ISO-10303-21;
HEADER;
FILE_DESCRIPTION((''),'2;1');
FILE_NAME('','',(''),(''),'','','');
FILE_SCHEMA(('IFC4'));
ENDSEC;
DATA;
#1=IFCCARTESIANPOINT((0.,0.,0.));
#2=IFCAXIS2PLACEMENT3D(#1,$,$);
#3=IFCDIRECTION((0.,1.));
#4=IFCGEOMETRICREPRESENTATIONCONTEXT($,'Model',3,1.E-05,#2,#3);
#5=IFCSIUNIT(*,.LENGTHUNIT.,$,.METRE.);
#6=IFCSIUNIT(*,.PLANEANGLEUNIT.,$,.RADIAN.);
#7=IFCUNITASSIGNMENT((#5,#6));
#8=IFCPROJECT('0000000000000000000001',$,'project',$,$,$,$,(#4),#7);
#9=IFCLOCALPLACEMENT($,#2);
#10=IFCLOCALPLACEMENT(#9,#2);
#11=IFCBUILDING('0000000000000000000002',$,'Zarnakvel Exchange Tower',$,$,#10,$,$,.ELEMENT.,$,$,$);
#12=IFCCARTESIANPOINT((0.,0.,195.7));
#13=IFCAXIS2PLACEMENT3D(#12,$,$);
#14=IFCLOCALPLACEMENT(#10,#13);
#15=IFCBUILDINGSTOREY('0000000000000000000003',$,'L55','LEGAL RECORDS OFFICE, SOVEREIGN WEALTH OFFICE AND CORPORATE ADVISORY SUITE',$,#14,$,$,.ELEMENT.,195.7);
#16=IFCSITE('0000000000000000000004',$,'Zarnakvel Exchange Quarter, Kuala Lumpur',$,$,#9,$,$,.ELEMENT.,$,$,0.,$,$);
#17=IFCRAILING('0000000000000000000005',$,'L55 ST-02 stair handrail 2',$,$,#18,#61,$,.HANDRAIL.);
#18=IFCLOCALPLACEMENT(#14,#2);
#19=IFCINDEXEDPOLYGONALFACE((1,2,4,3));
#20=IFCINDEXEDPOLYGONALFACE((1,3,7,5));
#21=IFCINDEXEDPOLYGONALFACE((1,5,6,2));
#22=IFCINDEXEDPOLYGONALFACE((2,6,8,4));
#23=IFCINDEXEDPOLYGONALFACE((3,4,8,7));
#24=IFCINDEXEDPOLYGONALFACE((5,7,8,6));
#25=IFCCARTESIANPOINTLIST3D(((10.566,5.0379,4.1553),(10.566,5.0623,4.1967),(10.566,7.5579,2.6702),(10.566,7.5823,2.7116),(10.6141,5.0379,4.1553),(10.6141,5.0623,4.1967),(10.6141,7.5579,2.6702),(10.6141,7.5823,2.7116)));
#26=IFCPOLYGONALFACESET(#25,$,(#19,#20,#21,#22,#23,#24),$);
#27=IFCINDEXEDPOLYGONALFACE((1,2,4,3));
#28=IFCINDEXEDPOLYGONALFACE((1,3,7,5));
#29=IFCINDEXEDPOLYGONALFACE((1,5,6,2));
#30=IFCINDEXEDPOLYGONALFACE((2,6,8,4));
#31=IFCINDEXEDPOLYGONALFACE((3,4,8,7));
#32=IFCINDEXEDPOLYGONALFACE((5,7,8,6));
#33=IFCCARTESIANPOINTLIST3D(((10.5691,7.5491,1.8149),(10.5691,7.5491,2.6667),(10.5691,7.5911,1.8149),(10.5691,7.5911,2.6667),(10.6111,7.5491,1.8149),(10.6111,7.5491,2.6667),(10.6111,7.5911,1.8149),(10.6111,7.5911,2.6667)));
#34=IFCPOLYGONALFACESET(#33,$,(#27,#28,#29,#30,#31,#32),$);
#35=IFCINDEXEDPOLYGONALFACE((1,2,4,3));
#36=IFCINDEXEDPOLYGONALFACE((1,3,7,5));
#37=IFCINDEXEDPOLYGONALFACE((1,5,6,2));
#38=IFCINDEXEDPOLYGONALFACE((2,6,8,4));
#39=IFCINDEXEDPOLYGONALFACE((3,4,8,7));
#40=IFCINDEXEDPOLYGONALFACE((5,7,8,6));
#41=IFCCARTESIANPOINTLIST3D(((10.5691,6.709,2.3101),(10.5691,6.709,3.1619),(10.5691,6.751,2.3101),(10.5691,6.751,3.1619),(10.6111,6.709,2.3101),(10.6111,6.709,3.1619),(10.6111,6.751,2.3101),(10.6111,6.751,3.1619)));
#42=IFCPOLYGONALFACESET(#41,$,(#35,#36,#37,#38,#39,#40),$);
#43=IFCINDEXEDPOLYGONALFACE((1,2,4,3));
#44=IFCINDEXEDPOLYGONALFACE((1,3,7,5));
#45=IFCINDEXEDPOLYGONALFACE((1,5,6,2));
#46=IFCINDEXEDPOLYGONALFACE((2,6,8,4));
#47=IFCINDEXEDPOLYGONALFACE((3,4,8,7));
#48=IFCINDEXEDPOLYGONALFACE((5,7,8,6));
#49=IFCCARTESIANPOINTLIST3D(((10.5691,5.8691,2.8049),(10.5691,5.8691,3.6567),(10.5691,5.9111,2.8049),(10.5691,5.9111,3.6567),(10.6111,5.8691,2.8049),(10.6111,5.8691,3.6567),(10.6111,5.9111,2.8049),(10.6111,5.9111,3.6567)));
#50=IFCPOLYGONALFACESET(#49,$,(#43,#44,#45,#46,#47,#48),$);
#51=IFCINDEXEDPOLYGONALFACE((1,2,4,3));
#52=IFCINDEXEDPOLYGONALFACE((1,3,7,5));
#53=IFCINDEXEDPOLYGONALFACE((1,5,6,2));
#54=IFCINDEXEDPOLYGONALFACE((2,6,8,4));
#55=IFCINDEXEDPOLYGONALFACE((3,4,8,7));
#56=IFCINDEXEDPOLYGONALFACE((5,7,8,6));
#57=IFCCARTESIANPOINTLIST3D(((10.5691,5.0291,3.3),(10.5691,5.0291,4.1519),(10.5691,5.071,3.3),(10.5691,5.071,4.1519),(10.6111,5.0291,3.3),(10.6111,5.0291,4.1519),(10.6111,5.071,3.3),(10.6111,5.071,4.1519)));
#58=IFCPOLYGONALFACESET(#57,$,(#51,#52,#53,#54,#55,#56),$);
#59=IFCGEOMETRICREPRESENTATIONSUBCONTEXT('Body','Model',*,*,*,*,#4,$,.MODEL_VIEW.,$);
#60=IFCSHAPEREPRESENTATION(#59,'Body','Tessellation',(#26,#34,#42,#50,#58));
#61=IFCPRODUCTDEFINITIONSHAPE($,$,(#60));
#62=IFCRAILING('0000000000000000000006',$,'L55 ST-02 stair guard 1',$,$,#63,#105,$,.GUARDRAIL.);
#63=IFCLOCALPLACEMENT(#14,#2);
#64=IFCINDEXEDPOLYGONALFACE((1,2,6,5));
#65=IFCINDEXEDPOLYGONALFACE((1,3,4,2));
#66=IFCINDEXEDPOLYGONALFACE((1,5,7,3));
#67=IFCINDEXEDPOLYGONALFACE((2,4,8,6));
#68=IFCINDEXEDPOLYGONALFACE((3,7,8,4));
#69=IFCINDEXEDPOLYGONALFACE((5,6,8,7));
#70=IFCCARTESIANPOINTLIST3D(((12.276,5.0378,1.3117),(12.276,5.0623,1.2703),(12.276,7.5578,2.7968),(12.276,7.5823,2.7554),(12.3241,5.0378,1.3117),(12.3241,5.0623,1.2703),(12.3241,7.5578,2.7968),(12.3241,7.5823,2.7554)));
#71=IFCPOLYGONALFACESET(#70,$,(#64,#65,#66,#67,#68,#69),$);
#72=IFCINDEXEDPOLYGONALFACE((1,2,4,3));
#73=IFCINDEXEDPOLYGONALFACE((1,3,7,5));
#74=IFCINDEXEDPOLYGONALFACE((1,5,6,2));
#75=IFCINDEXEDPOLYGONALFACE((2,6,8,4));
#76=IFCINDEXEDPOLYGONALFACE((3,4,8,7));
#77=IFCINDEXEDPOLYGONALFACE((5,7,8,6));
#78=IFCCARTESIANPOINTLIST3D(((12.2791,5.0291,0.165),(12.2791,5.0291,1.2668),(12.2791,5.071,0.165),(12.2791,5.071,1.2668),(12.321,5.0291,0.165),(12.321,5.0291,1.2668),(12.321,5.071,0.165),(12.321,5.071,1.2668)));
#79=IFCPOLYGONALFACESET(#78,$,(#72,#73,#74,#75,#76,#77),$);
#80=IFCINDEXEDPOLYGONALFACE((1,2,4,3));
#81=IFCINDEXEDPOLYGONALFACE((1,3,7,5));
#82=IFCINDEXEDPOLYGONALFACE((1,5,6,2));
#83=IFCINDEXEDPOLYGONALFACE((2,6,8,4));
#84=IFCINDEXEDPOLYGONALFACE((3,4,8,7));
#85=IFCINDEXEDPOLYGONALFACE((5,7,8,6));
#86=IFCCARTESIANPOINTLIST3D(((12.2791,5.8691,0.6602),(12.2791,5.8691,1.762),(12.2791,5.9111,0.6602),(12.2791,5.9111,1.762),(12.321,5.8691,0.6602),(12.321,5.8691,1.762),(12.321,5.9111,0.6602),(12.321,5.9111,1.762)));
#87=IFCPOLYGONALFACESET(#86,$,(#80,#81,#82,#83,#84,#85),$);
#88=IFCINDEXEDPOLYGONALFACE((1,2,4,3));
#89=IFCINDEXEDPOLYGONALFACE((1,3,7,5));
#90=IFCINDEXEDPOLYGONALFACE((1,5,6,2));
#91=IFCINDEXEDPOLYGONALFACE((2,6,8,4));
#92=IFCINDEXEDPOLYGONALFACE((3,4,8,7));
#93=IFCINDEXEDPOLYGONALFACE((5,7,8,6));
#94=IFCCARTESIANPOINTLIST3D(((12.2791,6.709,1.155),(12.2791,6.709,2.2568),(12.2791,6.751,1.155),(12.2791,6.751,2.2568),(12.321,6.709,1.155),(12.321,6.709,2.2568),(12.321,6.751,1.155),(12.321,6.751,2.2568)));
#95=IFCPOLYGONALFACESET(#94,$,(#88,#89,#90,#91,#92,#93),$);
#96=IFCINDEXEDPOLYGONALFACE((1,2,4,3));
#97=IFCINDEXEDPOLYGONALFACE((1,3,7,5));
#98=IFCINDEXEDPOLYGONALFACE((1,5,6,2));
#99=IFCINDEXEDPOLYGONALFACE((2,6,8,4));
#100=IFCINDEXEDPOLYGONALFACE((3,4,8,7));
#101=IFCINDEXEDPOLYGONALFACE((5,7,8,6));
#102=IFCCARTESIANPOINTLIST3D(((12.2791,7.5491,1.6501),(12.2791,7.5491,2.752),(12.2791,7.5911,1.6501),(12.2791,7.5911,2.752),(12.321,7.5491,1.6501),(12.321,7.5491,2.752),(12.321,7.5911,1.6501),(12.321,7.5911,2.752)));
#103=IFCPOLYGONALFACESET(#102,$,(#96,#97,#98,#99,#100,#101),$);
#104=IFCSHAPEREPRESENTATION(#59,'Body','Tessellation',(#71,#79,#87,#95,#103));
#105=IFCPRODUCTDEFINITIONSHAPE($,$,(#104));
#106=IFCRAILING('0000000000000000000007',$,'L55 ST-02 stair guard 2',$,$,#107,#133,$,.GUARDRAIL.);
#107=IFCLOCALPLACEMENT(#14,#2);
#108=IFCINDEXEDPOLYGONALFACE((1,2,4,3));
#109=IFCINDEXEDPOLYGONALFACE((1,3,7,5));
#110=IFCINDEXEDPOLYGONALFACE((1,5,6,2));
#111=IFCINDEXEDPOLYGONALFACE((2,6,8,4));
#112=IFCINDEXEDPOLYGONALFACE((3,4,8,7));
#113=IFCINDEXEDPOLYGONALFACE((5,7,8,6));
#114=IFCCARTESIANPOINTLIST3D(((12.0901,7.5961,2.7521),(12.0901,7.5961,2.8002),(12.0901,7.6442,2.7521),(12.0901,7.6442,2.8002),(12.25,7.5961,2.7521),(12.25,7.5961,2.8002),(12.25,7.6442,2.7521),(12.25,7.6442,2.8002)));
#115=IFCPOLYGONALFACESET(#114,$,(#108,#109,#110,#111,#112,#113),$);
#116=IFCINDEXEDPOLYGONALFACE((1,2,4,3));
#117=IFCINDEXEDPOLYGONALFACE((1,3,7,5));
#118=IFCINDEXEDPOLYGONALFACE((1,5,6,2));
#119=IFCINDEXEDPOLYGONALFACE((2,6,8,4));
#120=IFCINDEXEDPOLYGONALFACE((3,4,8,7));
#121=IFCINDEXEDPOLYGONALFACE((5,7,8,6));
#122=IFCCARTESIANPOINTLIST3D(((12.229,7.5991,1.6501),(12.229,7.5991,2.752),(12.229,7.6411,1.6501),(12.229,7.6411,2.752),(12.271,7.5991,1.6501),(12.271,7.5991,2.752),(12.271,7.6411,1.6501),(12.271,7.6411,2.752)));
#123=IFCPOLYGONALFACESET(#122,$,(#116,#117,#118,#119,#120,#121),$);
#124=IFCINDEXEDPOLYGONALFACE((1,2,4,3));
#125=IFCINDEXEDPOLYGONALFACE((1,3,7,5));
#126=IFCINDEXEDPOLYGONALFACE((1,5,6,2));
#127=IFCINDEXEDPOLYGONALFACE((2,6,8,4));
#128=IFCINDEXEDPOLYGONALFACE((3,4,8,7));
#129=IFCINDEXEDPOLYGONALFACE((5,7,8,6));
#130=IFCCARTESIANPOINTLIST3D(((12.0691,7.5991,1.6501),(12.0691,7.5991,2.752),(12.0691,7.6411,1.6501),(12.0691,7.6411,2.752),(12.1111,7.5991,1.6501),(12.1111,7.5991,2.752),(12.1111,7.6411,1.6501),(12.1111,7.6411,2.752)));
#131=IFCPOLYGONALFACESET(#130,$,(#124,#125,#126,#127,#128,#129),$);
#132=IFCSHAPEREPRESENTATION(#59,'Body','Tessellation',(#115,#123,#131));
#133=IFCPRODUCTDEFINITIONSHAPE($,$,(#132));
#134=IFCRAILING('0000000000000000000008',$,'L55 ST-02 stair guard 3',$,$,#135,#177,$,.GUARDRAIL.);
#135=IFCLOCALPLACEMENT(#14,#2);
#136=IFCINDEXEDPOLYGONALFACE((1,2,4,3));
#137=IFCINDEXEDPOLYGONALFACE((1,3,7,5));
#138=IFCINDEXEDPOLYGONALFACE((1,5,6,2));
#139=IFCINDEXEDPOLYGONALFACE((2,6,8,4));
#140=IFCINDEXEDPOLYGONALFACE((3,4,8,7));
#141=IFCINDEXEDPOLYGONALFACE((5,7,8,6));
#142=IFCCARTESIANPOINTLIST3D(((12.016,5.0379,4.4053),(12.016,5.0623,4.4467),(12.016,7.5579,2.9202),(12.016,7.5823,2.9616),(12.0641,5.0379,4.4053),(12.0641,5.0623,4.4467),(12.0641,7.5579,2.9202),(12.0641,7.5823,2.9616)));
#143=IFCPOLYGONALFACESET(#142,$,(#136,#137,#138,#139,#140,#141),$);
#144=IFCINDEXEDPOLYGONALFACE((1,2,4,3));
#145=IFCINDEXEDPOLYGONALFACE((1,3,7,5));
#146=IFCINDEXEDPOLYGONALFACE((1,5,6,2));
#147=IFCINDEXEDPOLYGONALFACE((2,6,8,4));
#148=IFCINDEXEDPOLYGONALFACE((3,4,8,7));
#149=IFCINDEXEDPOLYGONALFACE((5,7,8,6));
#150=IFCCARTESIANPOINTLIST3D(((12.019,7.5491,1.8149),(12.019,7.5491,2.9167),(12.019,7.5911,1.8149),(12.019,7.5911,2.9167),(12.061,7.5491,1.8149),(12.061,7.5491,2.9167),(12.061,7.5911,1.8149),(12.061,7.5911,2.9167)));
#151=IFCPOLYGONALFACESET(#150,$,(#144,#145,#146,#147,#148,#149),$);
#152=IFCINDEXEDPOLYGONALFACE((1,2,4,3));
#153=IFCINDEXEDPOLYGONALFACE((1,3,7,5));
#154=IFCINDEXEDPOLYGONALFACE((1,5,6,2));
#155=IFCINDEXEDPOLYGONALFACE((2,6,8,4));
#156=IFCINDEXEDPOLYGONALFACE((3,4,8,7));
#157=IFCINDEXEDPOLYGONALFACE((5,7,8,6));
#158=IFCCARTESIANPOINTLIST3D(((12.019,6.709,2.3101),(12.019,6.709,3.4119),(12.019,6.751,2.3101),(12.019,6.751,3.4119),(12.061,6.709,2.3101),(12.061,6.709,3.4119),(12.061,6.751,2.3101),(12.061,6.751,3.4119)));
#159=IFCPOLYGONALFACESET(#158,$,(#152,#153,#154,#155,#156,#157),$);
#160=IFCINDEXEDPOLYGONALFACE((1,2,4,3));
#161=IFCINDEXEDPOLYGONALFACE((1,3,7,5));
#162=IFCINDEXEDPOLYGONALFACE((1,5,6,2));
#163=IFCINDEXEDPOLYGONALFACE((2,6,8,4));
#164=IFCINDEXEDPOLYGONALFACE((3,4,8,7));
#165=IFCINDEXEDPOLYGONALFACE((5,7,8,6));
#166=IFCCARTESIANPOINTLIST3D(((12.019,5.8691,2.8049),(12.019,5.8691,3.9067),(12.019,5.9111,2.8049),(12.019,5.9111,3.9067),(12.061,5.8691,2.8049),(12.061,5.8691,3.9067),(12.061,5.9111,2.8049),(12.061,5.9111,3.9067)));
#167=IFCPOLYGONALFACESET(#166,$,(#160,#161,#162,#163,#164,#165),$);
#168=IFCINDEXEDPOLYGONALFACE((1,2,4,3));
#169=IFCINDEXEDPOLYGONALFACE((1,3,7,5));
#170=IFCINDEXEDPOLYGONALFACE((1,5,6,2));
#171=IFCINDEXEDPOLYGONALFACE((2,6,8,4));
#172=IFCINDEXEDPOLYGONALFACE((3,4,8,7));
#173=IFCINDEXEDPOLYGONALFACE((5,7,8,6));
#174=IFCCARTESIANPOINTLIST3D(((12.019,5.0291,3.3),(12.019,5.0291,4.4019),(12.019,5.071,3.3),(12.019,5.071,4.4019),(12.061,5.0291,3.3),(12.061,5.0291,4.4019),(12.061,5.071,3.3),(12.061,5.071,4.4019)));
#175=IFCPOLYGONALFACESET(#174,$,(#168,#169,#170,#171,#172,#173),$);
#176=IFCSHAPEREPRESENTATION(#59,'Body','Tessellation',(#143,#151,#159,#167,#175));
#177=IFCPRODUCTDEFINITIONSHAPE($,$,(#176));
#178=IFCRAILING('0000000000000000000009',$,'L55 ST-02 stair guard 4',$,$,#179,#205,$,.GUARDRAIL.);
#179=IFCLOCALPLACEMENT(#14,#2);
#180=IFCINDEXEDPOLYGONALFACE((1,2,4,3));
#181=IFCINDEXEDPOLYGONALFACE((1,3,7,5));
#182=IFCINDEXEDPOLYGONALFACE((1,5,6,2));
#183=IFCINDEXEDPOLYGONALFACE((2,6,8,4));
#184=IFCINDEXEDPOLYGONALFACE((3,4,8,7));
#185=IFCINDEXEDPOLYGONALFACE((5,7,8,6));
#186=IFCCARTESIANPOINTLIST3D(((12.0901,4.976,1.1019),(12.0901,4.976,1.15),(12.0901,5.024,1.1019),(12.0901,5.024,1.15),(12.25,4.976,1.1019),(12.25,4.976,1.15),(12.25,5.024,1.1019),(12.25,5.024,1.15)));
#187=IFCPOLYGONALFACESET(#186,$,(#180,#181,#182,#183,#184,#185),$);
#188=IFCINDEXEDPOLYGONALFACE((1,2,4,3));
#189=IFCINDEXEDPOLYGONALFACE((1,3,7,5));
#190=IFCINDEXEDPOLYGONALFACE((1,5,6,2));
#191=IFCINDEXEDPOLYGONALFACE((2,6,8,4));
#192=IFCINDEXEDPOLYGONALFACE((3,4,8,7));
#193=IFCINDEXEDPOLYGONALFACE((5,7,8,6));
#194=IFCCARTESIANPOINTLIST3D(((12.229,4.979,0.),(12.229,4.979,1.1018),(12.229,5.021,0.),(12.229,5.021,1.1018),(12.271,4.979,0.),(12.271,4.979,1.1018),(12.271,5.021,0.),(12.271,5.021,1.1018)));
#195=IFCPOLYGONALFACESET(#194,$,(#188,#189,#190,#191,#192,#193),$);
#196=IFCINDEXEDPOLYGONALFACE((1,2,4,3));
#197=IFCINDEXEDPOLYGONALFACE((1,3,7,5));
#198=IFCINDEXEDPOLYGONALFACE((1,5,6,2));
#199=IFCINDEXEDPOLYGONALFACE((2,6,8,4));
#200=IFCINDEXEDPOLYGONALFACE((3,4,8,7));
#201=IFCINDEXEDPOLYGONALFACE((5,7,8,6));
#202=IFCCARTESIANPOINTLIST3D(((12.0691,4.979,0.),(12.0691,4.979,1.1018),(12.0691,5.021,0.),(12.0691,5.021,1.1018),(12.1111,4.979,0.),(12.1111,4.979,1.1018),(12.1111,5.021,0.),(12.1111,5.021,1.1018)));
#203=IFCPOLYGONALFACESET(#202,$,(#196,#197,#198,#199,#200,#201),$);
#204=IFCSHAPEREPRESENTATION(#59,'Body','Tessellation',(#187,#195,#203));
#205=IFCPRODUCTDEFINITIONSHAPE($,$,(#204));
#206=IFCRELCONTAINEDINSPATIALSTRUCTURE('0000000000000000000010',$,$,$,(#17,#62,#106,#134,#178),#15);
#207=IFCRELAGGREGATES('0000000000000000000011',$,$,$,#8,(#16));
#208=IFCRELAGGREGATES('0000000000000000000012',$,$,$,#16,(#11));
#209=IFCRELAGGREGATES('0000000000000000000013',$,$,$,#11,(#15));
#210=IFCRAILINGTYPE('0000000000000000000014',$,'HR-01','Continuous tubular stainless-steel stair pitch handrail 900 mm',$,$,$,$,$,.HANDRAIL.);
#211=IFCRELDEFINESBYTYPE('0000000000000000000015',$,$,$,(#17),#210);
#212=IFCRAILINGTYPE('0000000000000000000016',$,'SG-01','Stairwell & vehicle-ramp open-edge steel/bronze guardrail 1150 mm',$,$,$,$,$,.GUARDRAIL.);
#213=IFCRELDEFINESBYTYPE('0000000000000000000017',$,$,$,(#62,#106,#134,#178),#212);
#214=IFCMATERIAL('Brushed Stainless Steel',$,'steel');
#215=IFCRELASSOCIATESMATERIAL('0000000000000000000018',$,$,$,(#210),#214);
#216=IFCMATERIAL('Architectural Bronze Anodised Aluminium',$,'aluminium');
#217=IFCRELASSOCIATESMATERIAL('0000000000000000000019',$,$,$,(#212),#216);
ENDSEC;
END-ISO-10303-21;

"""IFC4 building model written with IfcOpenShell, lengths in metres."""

from ifc_helpers import new_model, si_unit, direction, frame, origin, origin_2d, place, context, subcontext, project, spatial, rectangle, extrude, material, type_object, element, save


model = new_model("IFC4")

# Units and contexts
model_context = context("Model", 3, precision=1e-05, world=origin(), true_north=direction((0.0, 1.0)))
body_context = subcontext(model_context, "Body", "Model", "MODEL_VIEW")
ifc_project = project(units=[si_unit("LENGTHUNIT", "METRE"), si_unit("PLANEANGLEUNIT", "RADIAN")], contexts=[model_context])

# Site, building, storey
site_placement = place(None, origin())
site = spatial("IfcSite", under=ifc_project, at=site_placement, Name="Zarnakvel Exchange Quarter, Kuala Lumpur", CompositionType="ELEMENT", RefElevation=0.0)
building_placement = place(site_placement, origin())
building = spatial("IfcBuilding", under=site, at=building_placement, Name="Zarnakvel Exchange Tower", CompositionType="ELEMENT")
storey_placement = place(building_placement, frame((0.0, 0.0, 195.7)))
storey = spatial("IfcBuildingStorey", under=building, at=storey_placement, Name="L55", Description="LEGAL RECORDS OFFICE, SOVEREIGN WEALTH OFFICE AND CORPORATE ADVISORY SUITE", CompositionType="ELEMENT", Elevation=195.7)

# Shared definitions
ifc_material_1 = material(Name="Architectural Bronze Anodised Aluminium", Category="aluminium")

# Railings
ifc_material_2 = material(Name="Brushed Stainless Steel", Category="steel")
railing_type_1 = type_object("IfcRailingType", Name="HR-01", Description="Continuous tubular stainless-steel stair pitch handrail 900 mm", PredefinedType="HANDRAIL", material=ifc_material_2)
railing_1_placement = place(storey_placement, frame((10.5901, 7.5701, 1.8149)))
element("IfcRailing", 1, at=railing_1_placement, inside=storey, type_object=railing_type_1, Name="L55 ST-02 stair handrail 2", PredefinedType="HANDRAIL", context=body_context, shape_type="SweptSolid", body=[
    extrude(rectangle(XDim=0.0481, YDim=0.0481, at=origin_2d()), frame((0.0, 0.0, 0.876), z_axis=(0.0, -0.861524, 0.507717), x_axis=(1.0, 0.0, 0.0)), (0.0, 0.0, 1.0), 2.925),
    extrude(rectangle(XDim=0.042, YDim=0.042, at=origin_2d()), origin(), (0.0, 0.0, 1.0), 0.8518),
    extrude(rectangle(XDim=0.042, YDim=0.042, at=origin_2d()), frame((0.0, -0.8401, 0.4951)), (0.0, 0.0, 1.0), 0.8518),
    extrude(rectangle(XDim=0.042, YDim=0.042, at=origin_2d()), frame((0.0, -1.6799, 0.99)), (0.0, 0.0, 1.0), 0.8518),
    extrude(rectangle(XDim=0.042, YDim=0.042, at=origin_2d()), frame((0.0, -2.52, 1.4851)), (0.0, 0.0, 1.0), 0.8518),
])
railing_type_2 = type_object("IfcRailingType", Name="SG-01", Description="Stairwell & vehicle-ramp open-edge steel/bronze guardrail 1150 mm", PredefinedType="GUARDRAIL", material=ifc_material_1)
railing_2_placement = place(storey_placement, frame((12.3, 5.05, 0.165)))
element("IfcRailing", 2, at=railing_2_placement, inside=storey, type_object=railing_type_2, Name="L55 ST-02 stair guard 1", PredefinedType="GUARDRAIL", context=body_context, shape_type="SweptSolid", body=[
    extrude(rectangle(XDim=0.0481, YDim=0.0481, at=origin_2d()), frame((0.0, 0.0, 1.126), z_axis=(0.0, 0.861524, 0.507717), x_axis=(-1.0, 0.0, 0.0)), (0.0, 0.0, 1.0), 2.925),
    extrude(rectangle(XDim=0.042, YDim=0.042, at=origin_2d()), origin(), (0.0, 0.0, 1.0), 1.1018),
    extrude(rectangle(XDim=0.042, YDim=0.042, at=origin_2d()), frame((0.0, 0.8401, 0.4951)), (0.0, 0.0, 1.0), 1.1018),
    extrude(rectangle(XDim=0.042, YDim=0.042, at=origin_2d()), frame((0.0, 1.6799, 0.99)), (0.0, 0.0, 1.0), 1.1018),
    extrude(rectangle(XDim=0.042, YDim=0.042, at=origin_2d()), frame((0.0, 2.52, 1.4851)), (0.0, 0.0, 1.0), 1.1018),
])
railing_3_placement = place(storey_placement, frame((12.25, 7.6201, 1.6501)))
element("IfcRailing", 3, at=railing_3_placement, inside=storey, type_object=railing_type_2, Name="L55 ST-02 stair guard 2", PredefinedType="GUARDRAIL", context=body_context, shape_type="SweptSolid", body=[
    extrude(rectangle(XDim=0.0481, YDim=0.0481, at=origin_2d()), frame((0.0, 0.0, 1.126), z_axis=(-1.0, 0.0, 0.0), x_axis=(0.0, -1.0, 0.0)), (0.0, 0.0, 1.0), 0.1599),
    extrude(rectangle(XDim=0.042, YDim=0.042, at=origin_2d()), origin(), (0.0, 0.0, 1.0), 1.1018),
    extrude(rectangle(XDim=0.042, YDim=0.042, at=origin_2d()), frame((-0.1599, 0.0, 0.0)), (0.0, 0.0, 1.0), 1.1018),
])
railing_4_placement = place(storey_placement, frame((12.04, 7.5701, 1.8149)))
element("IfcRailing", 4, at=railing_4_placement, inside=storey, type_object=railing_type_2, Name="L55 ST-02 stair guard 3", PredefinedType="GUARDRAIL", context=body_context, shape_type="SweptSolid", body=[
    extrude(rectangle(XDim=0.0481, YDim=0.0481, at=origin_2d()), frame((0.0, 0.0, 1.126), z_axis=(0.0, -0.861524, 0.507717), x_axis=(1.0, 0.0, 0.0)), (0.0, 0.0, 1.0), 2.925),
    extrude(rectangle(XDim=0.042, YDim=0.042, at=origin_2d()), origin(), (0.0, 0.0, 1.0), 1.1018),
    extrude(rectangle(XDim=0.042, YDim=0.042, at=origin_2d()), frame((0.0, -0.8401, 0.4951)), (0.0, 0.0, 1.0), 1.1018),
    extrude(rectangle(XDim=0.042, YDim=0.042, at=origin_2d()), frame((0.0, -1.6799, 0.99)), (0.0, 0.0, 1.0), 1.1018),
    extrude(rectangle(XDim=0.042, YDim=0.042, at=origin_2d()), frame((0.0, -2.52, 1.4851)), (0.0, 0.0, 1.0), 1.1018),
])
railing_5_placement = place(storey_placement, frame((12.25, 5.0, 0.0)))
element("IfcRailing", 5, at=railing_5_placement, inside=storey, type_object=railing_type_2, Name="L55 ST-02 stair guard 4", PredefinedType="GUARDRAIL", context=body_context, shape_type="SweptSolid", body=[
    extrude(rectangle(XDim=0.0481, YDim=0.0481, at=origin_2d()), frame((0.0, 0.0, 1.126), z_axis=(-1.0, 0.0, 0.0), x_axis=(0.0, -1.0, 0.0)), (0.0, 0.0, 1.0), 0.1599),
    extrude(rectangle(XDim=0.042, YDim=0.042, at=origin_2d()), origin(), (0.0, 0.0, 1.0), 1.1018),
    extrude(rectangle(XDim=0.042, YDim=0.042, at=origin_2d()), frame((-0.1599, 0.0, 0.0)), (0.0, 0.0, 1.0), 1.1018),
])

save(model, "model.ifc")
